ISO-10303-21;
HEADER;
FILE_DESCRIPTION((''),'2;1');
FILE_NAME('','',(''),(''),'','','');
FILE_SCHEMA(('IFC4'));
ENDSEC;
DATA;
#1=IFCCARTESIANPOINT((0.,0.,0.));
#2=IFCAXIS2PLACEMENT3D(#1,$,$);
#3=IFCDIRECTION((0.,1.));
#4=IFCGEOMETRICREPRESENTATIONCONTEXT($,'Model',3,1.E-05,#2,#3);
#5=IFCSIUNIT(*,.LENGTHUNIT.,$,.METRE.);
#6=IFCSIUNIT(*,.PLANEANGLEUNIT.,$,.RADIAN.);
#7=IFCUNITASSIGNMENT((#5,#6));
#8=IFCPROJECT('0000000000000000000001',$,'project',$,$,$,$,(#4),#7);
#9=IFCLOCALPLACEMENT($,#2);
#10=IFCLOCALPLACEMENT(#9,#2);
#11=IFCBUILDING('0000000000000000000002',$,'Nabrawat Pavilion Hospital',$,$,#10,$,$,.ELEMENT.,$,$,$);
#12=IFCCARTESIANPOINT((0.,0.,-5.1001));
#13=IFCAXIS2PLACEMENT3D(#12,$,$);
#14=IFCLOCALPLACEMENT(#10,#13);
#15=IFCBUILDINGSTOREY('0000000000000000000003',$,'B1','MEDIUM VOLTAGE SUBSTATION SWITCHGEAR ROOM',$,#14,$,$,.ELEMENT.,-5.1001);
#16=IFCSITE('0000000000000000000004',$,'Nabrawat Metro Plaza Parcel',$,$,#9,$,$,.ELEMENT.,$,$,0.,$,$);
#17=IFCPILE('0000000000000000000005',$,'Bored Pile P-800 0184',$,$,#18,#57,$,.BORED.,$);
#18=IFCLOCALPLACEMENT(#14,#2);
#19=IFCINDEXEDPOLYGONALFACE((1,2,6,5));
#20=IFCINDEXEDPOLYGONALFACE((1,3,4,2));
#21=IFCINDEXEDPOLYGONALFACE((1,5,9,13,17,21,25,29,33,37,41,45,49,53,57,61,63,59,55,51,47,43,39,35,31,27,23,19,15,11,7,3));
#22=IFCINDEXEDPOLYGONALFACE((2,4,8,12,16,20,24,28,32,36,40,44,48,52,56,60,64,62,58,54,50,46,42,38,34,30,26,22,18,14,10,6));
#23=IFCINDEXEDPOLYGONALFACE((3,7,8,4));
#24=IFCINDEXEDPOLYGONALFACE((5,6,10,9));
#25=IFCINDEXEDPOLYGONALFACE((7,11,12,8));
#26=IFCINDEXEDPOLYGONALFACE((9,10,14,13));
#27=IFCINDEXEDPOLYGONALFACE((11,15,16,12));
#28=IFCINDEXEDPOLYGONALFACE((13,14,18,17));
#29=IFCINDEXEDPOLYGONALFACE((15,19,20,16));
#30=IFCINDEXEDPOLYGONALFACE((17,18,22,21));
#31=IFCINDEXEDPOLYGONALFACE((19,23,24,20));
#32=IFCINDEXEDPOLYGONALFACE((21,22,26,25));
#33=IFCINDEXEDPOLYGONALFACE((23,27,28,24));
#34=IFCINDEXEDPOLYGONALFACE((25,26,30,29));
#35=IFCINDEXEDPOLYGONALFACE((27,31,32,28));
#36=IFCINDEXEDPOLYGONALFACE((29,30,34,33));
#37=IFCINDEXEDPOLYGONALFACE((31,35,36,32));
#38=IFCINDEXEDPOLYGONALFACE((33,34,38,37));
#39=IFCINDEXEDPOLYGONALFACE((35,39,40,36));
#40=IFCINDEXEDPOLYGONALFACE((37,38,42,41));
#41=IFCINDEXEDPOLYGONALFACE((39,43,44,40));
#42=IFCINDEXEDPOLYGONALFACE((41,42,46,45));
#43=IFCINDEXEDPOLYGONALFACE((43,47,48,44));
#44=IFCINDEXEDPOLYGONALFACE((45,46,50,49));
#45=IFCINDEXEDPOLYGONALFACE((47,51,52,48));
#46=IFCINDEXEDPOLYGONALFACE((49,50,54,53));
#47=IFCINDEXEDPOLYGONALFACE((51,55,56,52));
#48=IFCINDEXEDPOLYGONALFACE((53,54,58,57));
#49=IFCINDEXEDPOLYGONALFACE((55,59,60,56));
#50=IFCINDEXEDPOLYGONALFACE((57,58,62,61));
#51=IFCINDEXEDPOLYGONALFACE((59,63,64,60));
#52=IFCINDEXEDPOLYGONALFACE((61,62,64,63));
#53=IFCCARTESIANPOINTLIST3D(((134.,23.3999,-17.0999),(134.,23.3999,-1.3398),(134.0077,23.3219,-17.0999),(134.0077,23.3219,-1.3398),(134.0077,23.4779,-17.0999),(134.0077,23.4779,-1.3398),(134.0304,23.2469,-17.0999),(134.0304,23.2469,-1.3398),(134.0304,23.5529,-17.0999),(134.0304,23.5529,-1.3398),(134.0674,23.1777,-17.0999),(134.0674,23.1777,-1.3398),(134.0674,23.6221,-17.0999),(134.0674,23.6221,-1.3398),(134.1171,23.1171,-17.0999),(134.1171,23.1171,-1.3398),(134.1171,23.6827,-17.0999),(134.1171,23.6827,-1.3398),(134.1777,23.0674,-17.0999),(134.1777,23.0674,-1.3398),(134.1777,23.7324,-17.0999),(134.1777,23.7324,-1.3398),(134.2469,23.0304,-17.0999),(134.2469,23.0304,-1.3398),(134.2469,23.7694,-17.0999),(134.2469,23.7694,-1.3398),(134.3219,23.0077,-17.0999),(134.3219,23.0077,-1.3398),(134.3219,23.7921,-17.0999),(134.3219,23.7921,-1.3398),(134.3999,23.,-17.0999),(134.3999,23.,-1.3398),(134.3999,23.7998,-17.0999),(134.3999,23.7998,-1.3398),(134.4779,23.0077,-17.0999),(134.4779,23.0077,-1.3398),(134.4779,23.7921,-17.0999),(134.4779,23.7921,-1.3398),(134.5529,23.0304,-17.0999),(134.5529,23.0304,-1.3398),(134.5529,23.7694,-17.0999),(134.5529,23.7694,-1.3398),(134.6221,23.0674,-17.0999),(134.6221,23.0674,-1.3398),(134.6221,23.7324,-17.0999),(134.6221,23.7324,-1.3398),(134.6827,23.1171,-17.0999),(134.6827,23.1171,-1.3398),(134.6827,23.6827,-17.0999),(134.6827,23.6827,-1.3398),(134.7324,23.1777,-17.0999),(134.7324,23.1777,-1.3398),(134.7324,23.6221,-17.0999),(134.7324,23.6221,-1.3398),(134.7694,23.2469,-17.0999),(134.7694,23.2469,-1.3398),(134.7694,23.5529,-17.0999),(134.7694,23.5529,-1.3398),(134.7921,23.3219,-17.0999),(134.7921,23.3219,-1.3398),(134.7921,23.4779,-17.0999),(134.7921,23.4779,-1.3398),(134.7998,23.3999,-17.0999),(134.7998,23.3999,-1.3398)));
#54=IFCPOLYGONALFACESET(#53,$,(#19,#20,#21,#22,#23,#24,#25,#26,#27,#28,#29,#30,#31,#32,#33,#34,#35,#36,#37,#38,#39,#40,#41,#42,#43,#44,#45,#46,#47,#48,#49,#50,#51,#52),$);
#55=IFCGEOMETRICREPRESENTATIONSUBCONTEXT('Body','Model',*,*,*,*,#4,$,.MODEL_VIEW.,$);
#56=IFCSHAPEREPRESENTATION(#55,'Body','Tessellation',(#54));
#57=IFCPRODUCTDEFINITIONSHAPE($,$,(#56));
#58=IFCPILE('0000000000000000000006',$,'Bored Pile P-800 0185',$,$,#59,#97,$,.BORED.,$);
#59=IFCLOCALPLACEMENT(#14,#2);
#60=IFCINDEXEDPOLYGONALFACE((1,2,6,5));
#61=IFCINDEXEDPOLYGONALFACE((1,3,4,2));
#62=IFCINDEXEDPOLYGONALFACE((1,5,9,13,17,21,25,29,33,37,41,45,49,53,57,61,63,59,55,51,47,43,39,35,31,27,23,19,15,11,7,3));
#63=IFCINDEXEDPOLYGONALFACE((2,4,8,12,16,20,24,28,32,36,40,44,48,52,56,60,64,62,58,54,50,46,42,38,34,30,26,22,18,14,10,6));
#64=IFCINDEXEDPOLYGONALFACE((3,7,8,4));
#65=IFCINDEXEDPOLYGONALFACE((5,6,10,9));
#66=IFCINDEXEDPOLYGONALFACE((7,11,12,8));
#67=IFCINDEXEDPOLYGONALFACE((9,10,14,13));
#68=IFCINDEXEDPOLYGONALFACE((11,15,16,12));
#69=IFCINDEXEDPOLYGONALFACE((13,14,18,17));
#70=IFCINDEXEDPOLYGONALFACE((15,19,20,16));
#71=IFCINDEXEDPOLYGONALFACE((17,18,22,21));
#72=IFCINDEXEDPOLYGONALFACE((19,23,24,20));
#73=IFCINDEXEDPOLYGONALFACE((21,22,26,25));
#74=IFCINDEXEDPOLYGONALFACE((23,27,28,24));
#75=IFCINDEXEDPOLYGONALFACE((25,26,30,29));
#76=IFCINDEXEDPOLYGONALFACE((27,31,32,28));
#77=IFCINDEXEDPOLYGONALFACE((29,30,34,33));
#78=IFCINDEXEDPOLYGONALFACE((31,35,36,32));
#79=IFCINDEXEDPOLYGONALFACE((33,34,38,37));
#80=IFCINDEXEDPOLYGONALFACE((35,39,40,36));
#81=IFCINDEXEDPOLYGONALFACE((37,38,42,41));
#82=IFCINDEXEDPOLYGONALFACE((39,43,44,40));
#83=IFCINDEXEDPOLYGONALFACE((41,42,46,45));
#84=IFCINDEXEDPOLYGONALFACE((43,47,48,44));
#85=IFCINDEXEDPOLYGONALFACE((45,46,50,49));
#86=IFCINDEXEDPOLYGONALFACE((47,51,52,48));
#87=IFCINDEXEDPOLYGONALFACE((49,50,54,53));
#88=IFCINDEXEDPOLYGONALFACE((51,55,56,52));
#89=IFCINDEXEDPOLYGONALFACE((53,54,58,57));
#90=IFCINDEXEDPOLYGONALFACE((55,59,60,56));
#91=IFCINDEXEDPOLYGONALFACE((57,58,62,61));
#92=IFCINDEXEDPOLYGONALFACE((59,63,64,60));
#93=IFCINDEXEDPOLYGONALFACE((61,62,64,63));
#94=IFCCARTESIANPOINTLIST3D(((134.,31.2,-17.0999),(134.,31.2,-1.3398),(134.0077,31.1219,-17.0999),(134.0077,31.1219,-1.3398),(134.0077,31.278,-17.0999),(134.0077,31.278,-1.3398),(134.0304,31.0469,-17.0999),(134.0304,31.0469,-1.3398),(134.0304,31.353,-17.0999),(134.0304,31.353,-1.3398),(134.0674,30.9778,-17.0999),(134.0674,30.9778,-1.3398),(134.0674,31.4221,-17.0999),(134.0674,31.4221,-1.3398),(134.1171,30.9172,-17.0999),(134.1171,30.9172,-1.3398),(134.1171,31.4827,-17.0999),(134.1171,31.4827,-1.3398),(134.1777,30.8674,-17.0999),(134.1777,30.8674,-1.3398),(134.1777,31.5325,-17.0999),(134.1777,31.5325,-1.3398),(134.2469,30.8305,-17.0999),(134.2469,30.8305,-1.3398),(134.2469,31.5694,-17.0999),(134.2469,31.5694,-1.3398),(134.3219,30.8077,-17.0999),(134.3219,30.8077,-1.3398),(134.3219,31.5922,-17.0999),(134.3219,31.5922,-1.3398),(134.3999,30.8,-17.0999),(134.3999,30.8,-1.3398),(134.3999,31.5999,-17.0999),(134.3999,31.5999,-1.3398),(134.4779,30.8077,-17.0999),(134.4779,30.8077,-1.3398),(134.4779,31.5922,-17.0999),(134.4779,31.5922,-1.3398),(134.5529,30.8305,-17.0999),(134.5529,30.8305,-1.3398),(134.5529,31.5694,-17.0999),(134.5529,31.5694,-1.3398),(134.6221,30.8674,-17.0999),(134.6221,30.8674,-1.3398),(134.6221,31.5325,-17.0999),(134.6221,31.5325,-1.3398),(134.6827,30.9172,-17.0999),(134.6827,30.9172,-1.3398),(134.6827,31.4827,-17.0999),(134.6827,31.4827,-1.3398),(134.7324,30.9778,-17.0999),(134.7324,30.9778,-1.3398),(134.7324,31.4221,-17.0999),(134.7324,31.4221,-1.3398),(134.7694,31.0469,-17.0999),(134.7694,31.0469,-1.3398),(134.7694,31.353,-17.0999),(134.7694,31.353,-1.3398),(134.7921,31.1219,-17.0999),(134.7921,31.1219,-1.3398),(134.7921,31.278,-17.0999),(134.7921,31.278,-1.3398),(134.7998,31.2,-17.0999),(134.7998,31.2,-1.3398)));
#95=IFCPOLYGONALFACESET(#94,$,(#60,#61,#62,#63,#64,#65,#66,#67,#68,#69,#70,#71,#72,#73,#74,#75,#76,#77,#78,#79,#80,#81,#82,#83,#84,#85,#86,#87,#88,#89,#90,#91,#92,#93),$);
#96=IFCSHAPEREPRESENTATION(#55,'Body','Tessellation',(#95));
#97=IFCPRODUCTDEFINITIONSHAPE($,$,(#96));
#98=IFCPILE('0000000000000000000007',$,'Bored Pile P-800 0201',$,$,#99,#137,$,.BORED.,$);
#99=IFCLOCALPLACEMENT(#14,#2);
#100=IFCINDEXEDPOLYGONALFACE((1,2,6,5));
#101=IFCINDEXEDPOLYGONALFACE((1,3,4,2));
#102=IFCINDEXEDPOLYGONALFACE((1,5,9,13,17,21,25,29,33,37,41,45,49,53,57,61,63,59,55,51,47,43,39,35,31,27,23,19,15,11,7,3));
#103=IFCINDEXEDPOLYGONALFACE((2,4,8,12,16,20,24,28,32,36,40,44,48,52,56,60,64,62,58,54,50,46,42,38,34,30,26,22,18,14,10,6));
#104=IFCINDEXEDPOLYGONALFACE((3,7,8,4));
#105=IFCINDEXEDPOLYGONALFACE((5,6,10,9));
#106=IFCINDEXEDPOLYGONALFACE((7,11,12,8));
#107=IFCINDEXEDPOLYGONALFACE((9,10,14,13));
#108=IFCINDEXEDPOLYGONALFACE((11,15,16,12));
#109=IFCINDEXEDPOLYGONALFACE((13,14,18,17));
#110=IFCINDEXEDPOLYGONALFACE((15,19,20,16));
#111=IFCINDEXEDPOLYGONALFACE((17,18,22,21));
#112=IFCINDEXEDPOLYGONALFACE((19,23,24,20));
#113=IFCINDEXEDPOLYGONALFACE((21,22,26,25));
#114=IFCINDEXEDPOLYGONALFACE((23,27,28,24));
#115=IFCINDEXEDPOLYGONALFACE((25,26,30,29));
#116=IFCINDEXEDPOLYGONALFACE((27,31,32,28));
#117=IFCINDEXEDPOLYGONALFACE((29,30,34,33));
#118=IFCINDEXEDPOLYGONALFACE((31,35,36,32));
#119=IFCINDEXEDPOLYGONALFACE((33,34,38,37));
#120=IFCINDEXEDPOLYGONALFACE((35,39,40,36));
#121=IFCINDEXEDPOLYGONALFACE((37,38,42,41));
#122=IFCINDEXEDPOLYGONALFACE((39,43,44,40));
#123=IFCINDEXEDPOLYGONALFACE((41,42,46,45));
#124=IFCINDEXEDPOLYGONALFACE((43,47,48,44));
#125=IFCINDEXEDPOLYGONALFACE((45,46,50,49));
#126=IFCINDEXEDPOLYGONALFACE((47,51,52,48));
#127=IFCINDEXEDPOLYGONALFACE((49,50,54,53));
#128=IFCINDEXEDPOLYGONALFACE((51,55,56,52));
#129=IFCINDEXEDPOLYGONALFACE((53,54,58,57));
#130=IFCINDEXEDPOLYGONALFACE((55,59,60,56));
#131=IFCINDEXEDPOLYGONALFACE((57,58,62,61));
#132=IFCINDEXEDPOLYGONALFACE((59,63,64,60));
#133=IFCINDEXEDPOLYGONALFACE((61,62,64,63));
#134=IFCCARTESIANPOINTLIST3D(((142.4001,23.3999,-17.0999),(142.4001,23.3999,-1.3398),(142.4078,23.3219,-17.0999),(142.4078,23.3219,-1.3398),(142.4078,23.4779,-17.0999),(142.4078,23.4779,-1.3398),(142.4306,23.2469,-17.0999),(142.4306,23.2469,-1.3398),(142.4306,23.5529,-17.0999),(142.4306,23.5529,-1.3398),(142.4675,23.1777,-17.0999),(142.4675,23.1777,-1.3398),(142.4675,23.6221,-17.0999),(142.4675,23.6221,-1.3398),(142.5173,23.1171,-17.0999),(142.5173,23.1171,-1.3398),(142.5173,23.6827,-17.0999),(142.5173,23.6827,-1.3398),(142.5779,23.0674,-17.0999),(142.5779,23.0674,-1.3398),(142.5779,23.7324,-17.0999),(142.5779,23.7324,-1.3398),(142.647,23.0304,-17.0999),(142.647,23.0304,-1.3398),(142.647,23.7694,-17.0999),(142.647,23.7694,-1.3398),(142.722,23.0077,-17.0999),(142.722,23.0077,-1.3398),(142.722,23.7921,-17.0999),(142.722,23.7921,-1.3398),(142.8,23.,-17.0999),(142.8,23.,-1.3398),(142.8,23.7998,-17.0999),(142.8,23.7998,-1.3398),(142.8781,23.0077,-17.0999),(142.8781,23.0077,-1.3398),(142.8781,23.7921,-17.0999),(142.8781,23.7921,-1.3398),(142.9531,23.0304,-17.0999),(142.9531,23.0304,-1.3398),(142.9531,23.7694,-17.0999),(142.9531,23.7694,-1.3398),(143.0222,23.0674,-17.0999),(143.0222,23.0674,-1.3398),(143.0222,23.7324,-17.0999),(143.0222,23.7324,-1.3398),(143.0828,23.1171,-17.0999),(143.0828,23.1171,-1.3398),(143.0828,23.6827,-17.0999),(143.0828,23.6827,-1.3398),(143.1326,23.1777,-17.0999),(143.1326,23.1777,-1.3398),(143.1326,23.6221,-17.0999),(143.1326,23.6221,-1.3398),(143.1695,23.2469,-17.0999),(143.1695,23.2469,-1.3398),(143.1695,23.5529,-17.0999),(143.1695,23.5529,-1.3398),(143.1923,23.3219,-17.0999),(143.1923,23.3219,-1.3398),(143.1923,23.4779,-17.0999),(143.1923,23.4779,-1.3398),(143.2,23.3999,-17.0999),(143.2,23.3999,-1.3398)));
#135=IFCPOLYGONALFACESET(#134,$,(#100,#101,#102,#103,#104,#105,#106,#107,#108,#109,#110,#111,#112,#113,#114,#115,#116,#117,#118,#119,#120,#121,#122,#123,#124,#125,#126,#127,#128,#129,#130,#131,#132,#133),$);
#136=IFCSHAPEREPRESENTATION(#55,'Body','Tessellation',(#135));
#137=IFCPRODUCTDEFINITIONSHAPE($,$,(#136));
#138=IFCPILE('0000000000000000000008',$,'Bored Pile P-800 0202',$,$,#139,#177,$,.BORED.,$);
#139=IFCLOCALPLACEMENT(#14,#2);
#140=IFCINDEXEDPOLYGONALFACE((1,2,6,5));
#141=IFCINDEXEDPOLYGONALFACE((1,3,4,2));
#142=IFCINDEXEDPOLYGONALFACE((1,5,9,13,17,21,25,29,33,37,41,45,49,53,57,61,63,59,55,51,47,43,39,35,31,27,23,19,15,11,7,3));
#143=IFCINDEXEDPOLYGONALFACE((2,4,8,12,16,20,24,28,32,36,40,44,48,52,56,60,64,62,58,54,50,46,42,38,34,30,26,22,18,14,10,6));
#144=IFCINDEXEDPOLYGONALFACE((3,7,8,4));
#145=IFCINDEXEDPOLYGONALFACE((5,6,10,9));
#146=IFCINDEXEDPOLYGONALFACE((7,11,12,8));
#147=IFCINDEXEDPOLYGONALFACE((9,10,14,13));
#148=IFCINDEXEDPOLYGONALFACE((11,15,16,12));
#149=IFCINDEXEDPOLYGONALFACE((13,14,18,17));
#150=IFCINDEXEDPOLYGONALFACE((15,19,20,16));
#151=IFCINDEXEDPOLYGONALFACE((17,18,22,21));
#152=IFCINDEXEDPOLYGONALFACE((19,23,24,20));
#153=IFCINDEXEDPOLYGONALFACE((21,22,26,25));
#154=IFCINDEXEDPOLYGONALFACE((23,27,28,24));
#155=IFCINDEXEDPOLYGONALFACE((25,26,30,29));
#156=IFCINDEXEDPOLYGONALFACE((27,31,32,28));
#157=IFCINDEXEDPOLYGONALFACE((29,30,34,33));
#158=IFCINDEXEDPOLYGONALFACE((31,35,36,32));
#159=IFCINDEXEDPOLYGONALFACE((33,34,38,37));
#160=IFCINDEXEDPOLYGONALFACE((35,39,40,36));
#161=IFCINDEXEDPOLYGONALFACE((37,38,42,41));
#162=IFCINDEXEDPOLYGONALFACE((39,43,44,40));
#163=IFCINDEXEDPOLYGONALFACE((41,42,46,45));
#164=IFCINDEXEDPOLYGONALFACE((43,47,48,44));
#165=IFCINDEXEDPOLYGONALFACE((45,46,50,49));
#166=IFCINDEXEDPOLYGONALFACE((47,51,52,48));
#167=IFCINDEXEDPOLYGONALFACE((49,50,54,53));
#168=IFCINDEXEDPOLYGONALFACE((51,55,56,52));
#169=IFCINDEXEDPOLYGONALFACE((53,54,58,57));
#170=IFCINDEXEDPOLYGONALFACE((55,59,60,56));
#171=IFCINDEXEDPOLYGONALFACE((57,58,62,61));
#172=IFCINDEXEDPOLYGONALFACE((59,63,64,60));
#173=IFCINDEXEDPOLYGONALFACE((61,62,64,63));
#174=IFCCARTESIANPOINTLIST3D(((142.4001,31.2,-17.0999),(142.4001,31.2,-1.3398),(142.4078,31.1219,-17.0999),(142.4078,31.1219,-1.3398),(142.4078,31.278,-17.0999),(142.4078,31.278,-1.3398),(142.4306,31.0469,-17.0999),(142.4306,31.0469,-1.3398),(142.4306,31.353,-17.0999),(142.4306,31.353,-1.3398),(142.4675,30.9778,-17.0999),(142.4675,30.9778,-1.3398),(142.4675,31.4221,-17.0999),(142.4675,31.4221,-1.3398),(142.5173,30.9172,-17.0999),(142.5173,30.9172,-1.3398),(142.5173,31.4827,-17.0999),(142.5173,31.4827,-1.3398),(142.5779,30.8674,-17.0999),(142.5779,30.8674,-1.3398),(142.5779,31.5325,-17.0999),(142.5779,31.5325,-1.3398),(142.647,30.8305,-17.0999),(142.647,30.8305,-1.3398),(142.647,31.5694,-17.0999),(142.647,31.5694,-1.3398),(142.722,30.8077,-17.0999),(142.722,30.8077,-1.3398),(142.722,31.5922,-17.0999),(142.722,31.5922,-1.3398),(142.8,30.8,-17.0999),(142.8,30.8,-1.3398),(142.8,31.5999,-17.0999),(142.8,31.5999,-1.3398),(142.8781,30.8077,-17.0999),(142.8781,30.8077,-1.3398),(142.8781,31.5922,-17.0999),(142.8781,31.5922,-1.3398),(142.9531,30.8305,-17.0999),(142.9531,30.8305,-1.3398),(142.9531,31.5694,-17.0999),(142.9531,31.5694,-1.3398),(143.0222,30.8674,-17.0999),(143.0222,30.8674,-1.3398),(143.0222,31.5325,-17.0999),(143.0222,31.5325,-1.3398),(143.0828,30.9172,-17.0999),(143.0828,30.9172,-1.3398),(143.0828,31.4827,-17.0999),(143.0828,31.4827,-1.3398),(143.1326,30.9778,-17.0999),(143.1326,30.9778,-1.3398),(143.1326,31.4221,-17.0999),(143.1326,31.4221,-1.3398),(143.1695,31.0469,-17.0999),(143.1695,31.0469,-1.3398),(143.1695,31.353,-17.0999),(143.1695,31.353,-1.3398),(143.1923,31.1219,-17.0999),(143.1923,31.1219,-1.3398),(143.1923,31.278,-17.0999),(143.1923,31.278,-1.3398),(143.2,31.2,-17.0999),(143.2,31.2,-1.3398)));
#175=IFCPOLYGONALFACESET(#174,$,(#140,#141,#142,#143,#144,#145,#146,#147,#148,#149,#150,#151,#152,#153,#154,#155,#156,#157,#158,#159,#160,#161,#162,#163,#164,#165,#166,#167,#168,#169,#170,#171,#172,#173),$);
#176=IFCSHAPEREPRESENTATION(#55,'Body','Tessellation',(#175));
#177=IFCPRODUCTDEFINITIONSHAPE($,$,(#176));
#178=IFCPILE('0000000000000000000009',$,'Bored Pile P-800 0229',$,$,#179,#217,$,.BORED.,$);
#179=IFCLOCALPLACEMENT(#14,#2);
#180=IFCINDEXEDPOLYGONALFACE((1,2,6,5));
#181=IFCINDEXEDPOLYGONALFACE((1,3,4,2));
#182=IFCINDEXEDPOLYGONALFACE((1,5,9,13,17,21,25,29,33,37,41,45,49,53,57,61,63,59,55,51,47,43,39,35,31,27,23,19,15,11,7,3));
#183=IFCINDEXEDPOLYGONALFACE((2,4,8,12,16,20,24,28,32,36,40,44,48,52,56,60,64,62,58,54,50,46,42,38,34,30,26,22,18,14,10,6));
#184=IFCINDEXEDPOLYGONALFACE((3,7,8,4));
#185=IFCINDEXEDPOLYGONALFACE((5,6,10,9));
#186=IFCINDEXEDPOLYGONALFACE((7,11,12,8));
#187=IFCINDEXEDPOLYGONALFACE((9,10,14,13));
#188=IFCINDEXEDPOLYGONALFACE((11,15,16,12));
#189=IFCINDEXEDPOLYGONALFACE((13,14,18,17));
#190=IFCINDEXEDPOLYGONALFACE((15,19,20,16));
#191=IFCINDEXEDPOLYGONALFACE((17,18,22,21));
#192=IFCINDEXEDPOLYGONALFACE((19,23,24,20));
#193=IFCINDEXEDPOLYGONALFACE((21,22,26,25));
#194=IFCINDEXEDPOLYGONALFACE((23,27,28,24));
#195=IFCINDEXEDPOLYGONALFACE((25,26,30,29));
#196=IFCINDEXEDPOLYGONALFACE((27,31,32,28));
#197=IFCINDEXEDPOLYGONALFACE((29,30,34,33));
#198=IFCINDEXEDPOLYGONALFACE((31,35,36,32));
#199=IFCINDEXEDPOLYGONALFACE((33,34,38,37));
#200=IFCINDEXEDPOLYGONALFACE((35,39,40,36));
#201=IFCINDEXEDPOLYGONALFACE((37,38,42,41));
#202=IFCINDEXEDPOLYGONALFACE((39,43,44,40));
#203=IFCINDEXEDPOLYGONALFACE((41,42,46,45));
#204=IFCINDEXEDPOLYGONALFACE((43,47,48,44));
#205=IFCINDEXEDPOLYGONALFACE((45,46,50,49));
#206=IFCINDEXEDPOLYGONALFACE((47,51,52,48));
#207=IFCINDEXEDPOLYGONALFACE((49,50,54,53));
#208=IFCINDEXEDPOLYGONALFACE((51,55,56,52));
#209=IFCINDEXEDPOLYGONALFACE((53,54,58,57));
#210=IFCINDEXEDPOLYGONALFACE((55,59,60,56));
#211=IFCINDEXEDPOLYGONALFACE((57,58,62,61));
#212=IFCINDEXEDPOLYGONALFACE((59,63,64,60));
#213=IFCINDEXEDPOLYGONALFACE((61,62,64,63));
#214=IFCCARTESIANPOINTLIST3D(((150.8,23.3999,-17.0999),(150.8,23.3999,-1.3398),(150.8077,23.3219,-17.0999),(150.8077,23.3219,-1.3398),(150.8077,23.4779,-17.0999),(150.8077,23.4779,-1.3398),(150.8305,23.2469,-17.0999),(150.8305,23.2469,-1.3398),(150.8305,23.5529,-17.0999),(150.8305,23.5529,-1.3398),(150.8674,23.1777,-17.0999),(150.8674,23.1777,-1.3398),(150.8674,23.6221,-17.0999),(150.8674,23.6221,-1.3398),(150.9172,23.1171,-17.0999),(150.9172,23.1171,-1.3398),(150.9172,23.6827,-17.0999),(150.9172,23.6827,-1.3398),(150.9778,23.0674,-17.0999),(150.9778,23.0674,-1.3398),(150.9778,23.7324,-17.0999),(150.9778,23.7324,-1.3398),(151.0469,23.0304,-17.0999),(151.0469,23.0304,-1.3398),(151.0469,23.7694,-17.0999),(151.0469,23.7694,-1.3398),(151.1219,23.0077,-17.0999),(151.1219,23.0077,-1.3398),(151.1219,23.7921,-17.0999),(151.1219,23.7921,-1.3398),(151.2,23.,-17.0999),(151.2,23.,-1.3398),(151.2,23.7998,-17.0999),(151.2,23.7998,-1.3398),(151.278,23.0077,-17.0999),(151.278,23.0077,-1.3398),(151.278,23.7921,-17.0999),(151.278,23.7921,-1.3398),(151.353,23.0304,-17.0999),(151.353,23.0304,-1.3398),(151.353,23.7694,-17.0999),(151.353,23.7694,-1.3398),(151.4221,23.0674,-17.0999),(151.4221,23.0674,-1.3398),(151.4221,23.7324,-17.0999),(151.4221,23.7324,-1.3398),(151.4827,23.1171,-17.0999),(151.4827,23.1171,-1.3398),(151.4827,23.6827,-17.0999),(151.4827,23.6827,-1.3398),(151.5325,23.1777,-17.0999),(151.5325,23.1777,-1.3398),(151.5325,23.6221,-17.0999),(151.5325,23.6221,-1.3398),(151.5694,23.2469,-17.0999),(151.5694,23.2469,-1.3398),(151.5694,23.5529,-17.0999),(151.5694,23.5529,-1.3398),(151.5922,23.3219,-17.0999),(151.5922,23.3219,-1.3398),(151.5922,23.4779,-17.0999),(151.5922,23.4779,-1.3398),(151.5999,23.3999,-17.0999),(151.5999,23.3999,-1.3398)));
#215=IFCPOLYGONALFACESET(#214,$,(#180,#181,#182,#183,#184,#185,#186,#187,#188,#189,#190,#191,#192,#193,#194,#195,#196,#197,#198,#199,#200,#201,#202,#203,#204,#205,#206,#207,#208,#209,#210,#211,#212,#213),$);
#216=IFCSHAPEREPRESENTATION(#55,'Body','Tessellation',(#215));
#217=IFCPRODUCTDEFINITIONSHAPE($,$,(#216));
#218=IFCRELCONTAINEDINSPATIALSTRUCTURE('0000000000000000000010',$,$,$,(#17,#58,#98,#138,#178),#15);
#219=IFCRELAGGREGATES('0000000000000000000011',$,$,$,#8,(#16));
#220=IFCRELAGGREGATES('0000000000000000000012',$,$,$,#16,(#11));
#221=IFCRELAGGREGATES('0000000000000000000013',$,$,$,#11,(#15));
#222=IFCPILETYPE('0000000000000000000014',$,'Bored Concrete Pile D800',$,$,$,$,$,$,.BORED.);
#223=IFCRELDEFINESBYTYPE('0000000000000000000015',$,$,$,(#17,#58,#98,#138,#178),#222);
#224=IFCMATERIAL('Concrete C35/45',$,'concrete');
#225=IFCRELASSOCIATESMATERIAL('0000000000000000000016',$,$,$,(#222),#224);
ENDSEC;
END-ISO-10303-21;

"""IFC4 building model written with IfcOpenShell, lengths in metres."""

from ifc_helpers import new_model, si_unit, direction, frame, origin, origin_2d, place, context, subcontext, project, spatial, circle, extrude, material, material_profile, profile_set, type_object, element, save


model = new_model("IFC4")

# Units and contexts
model_context = context("Model", 3, precision=1e-05, world=origin(), true_north=direction((0.0, 1.0)))
body_context = subcontext(model_context, "Body", "Model", "MODEL_VIEW")
ifc_project = project(units=[si_unit("LENGTHUNIT", "METRE"), si_unit("PLANEANGLEUNIT", "RADIAN")], contexts=[model_context])

# Site, building, storey
site_placement = place(None, origin())
site = spatial("IfcSite", under=ifc_project, at=site_placement, Name="Nabrawat Metro Plaza Parcel", CompositionType="ELEMENT", RefElevation=0.0)
building_placement = place(site_placement, origin())
building = spatial("IfcBuilding", under=site, at=building_placement, Name="Nabrawat Pavilion Hospital", CompositionType="ELEMENT")
storey_placement = place(building_placement, frame((0.0, 0.0, -5.1001)))
storey = spatial("IfcBuildingStorey", under=building, at=storey_placement, Name="B1", Description="MEDIUM VOLTAGE SUBSTATION SWITCHGEAR ROOM", CompositionType="ELEMENT", Elevation=-5.1001)

# Piles
ifc_material_1 = material(Name="Concrete C35/45", Category="concrete")
ifc_material_profile_1 = material_profile(ifc_material_1, circle(Radius=0.3999, at=origin_2d()), Name="DIA 800")
ifc_profile_set_1 = profile_set([ifc_material_profile_1], Name="Concrete C35/45")
pile_type = type_object("IfcPileType", Name="Bored Concrete Pile D800", PredefinedType="BORED", material=ifc_profile_set_1)
for number, where, z_axis, x_axis, name in (
    (1, (134.3999, 23.3999, -1.3398), (0.0, 0.0, -1.0), (1.0, 0.0, 0.0), "Bored Pile P-800 0184"),
    (2, (134.3999, 31.2, -1.3398), (0.0, 0.0, -1.0), (1.0, 0.0, 0.0), "Bored Pile P-800 0185"),
    (3, (142.8, 23.3999, -1.3398), (0.0, 0.0, -1.0), (1.0, 0.0, 0.0), "Bored Pile P-800 0201"),
    (4, (142.8, 31.2, -1.3398), (0.0, 0.0, -1.0), (1.0, 0.0, 0.0), "Bored Pile P-800 0202"),
    (5, (151.2, 23.3999, -1.3398), (0.0, 0.0, -1.0), (1.0, 0.0, 0.0), "Bored Pile P-800 0229"),
):
    element("IfcPile", number, at=place(storey_placement, frame(where, z_axis=z_axis, x_axis=x_axis)), inside=storey, type_object=pile_type, Name=name, PredefinedType="BORED", context=body_context, shape_type="SweptSolid", body=[
        extrude(circle(Radius=0.3999, at=origin_2d()), origin(), (0.0, 0.0, 1.0), 15.76),
    ])

save(model, "model.ifc")
